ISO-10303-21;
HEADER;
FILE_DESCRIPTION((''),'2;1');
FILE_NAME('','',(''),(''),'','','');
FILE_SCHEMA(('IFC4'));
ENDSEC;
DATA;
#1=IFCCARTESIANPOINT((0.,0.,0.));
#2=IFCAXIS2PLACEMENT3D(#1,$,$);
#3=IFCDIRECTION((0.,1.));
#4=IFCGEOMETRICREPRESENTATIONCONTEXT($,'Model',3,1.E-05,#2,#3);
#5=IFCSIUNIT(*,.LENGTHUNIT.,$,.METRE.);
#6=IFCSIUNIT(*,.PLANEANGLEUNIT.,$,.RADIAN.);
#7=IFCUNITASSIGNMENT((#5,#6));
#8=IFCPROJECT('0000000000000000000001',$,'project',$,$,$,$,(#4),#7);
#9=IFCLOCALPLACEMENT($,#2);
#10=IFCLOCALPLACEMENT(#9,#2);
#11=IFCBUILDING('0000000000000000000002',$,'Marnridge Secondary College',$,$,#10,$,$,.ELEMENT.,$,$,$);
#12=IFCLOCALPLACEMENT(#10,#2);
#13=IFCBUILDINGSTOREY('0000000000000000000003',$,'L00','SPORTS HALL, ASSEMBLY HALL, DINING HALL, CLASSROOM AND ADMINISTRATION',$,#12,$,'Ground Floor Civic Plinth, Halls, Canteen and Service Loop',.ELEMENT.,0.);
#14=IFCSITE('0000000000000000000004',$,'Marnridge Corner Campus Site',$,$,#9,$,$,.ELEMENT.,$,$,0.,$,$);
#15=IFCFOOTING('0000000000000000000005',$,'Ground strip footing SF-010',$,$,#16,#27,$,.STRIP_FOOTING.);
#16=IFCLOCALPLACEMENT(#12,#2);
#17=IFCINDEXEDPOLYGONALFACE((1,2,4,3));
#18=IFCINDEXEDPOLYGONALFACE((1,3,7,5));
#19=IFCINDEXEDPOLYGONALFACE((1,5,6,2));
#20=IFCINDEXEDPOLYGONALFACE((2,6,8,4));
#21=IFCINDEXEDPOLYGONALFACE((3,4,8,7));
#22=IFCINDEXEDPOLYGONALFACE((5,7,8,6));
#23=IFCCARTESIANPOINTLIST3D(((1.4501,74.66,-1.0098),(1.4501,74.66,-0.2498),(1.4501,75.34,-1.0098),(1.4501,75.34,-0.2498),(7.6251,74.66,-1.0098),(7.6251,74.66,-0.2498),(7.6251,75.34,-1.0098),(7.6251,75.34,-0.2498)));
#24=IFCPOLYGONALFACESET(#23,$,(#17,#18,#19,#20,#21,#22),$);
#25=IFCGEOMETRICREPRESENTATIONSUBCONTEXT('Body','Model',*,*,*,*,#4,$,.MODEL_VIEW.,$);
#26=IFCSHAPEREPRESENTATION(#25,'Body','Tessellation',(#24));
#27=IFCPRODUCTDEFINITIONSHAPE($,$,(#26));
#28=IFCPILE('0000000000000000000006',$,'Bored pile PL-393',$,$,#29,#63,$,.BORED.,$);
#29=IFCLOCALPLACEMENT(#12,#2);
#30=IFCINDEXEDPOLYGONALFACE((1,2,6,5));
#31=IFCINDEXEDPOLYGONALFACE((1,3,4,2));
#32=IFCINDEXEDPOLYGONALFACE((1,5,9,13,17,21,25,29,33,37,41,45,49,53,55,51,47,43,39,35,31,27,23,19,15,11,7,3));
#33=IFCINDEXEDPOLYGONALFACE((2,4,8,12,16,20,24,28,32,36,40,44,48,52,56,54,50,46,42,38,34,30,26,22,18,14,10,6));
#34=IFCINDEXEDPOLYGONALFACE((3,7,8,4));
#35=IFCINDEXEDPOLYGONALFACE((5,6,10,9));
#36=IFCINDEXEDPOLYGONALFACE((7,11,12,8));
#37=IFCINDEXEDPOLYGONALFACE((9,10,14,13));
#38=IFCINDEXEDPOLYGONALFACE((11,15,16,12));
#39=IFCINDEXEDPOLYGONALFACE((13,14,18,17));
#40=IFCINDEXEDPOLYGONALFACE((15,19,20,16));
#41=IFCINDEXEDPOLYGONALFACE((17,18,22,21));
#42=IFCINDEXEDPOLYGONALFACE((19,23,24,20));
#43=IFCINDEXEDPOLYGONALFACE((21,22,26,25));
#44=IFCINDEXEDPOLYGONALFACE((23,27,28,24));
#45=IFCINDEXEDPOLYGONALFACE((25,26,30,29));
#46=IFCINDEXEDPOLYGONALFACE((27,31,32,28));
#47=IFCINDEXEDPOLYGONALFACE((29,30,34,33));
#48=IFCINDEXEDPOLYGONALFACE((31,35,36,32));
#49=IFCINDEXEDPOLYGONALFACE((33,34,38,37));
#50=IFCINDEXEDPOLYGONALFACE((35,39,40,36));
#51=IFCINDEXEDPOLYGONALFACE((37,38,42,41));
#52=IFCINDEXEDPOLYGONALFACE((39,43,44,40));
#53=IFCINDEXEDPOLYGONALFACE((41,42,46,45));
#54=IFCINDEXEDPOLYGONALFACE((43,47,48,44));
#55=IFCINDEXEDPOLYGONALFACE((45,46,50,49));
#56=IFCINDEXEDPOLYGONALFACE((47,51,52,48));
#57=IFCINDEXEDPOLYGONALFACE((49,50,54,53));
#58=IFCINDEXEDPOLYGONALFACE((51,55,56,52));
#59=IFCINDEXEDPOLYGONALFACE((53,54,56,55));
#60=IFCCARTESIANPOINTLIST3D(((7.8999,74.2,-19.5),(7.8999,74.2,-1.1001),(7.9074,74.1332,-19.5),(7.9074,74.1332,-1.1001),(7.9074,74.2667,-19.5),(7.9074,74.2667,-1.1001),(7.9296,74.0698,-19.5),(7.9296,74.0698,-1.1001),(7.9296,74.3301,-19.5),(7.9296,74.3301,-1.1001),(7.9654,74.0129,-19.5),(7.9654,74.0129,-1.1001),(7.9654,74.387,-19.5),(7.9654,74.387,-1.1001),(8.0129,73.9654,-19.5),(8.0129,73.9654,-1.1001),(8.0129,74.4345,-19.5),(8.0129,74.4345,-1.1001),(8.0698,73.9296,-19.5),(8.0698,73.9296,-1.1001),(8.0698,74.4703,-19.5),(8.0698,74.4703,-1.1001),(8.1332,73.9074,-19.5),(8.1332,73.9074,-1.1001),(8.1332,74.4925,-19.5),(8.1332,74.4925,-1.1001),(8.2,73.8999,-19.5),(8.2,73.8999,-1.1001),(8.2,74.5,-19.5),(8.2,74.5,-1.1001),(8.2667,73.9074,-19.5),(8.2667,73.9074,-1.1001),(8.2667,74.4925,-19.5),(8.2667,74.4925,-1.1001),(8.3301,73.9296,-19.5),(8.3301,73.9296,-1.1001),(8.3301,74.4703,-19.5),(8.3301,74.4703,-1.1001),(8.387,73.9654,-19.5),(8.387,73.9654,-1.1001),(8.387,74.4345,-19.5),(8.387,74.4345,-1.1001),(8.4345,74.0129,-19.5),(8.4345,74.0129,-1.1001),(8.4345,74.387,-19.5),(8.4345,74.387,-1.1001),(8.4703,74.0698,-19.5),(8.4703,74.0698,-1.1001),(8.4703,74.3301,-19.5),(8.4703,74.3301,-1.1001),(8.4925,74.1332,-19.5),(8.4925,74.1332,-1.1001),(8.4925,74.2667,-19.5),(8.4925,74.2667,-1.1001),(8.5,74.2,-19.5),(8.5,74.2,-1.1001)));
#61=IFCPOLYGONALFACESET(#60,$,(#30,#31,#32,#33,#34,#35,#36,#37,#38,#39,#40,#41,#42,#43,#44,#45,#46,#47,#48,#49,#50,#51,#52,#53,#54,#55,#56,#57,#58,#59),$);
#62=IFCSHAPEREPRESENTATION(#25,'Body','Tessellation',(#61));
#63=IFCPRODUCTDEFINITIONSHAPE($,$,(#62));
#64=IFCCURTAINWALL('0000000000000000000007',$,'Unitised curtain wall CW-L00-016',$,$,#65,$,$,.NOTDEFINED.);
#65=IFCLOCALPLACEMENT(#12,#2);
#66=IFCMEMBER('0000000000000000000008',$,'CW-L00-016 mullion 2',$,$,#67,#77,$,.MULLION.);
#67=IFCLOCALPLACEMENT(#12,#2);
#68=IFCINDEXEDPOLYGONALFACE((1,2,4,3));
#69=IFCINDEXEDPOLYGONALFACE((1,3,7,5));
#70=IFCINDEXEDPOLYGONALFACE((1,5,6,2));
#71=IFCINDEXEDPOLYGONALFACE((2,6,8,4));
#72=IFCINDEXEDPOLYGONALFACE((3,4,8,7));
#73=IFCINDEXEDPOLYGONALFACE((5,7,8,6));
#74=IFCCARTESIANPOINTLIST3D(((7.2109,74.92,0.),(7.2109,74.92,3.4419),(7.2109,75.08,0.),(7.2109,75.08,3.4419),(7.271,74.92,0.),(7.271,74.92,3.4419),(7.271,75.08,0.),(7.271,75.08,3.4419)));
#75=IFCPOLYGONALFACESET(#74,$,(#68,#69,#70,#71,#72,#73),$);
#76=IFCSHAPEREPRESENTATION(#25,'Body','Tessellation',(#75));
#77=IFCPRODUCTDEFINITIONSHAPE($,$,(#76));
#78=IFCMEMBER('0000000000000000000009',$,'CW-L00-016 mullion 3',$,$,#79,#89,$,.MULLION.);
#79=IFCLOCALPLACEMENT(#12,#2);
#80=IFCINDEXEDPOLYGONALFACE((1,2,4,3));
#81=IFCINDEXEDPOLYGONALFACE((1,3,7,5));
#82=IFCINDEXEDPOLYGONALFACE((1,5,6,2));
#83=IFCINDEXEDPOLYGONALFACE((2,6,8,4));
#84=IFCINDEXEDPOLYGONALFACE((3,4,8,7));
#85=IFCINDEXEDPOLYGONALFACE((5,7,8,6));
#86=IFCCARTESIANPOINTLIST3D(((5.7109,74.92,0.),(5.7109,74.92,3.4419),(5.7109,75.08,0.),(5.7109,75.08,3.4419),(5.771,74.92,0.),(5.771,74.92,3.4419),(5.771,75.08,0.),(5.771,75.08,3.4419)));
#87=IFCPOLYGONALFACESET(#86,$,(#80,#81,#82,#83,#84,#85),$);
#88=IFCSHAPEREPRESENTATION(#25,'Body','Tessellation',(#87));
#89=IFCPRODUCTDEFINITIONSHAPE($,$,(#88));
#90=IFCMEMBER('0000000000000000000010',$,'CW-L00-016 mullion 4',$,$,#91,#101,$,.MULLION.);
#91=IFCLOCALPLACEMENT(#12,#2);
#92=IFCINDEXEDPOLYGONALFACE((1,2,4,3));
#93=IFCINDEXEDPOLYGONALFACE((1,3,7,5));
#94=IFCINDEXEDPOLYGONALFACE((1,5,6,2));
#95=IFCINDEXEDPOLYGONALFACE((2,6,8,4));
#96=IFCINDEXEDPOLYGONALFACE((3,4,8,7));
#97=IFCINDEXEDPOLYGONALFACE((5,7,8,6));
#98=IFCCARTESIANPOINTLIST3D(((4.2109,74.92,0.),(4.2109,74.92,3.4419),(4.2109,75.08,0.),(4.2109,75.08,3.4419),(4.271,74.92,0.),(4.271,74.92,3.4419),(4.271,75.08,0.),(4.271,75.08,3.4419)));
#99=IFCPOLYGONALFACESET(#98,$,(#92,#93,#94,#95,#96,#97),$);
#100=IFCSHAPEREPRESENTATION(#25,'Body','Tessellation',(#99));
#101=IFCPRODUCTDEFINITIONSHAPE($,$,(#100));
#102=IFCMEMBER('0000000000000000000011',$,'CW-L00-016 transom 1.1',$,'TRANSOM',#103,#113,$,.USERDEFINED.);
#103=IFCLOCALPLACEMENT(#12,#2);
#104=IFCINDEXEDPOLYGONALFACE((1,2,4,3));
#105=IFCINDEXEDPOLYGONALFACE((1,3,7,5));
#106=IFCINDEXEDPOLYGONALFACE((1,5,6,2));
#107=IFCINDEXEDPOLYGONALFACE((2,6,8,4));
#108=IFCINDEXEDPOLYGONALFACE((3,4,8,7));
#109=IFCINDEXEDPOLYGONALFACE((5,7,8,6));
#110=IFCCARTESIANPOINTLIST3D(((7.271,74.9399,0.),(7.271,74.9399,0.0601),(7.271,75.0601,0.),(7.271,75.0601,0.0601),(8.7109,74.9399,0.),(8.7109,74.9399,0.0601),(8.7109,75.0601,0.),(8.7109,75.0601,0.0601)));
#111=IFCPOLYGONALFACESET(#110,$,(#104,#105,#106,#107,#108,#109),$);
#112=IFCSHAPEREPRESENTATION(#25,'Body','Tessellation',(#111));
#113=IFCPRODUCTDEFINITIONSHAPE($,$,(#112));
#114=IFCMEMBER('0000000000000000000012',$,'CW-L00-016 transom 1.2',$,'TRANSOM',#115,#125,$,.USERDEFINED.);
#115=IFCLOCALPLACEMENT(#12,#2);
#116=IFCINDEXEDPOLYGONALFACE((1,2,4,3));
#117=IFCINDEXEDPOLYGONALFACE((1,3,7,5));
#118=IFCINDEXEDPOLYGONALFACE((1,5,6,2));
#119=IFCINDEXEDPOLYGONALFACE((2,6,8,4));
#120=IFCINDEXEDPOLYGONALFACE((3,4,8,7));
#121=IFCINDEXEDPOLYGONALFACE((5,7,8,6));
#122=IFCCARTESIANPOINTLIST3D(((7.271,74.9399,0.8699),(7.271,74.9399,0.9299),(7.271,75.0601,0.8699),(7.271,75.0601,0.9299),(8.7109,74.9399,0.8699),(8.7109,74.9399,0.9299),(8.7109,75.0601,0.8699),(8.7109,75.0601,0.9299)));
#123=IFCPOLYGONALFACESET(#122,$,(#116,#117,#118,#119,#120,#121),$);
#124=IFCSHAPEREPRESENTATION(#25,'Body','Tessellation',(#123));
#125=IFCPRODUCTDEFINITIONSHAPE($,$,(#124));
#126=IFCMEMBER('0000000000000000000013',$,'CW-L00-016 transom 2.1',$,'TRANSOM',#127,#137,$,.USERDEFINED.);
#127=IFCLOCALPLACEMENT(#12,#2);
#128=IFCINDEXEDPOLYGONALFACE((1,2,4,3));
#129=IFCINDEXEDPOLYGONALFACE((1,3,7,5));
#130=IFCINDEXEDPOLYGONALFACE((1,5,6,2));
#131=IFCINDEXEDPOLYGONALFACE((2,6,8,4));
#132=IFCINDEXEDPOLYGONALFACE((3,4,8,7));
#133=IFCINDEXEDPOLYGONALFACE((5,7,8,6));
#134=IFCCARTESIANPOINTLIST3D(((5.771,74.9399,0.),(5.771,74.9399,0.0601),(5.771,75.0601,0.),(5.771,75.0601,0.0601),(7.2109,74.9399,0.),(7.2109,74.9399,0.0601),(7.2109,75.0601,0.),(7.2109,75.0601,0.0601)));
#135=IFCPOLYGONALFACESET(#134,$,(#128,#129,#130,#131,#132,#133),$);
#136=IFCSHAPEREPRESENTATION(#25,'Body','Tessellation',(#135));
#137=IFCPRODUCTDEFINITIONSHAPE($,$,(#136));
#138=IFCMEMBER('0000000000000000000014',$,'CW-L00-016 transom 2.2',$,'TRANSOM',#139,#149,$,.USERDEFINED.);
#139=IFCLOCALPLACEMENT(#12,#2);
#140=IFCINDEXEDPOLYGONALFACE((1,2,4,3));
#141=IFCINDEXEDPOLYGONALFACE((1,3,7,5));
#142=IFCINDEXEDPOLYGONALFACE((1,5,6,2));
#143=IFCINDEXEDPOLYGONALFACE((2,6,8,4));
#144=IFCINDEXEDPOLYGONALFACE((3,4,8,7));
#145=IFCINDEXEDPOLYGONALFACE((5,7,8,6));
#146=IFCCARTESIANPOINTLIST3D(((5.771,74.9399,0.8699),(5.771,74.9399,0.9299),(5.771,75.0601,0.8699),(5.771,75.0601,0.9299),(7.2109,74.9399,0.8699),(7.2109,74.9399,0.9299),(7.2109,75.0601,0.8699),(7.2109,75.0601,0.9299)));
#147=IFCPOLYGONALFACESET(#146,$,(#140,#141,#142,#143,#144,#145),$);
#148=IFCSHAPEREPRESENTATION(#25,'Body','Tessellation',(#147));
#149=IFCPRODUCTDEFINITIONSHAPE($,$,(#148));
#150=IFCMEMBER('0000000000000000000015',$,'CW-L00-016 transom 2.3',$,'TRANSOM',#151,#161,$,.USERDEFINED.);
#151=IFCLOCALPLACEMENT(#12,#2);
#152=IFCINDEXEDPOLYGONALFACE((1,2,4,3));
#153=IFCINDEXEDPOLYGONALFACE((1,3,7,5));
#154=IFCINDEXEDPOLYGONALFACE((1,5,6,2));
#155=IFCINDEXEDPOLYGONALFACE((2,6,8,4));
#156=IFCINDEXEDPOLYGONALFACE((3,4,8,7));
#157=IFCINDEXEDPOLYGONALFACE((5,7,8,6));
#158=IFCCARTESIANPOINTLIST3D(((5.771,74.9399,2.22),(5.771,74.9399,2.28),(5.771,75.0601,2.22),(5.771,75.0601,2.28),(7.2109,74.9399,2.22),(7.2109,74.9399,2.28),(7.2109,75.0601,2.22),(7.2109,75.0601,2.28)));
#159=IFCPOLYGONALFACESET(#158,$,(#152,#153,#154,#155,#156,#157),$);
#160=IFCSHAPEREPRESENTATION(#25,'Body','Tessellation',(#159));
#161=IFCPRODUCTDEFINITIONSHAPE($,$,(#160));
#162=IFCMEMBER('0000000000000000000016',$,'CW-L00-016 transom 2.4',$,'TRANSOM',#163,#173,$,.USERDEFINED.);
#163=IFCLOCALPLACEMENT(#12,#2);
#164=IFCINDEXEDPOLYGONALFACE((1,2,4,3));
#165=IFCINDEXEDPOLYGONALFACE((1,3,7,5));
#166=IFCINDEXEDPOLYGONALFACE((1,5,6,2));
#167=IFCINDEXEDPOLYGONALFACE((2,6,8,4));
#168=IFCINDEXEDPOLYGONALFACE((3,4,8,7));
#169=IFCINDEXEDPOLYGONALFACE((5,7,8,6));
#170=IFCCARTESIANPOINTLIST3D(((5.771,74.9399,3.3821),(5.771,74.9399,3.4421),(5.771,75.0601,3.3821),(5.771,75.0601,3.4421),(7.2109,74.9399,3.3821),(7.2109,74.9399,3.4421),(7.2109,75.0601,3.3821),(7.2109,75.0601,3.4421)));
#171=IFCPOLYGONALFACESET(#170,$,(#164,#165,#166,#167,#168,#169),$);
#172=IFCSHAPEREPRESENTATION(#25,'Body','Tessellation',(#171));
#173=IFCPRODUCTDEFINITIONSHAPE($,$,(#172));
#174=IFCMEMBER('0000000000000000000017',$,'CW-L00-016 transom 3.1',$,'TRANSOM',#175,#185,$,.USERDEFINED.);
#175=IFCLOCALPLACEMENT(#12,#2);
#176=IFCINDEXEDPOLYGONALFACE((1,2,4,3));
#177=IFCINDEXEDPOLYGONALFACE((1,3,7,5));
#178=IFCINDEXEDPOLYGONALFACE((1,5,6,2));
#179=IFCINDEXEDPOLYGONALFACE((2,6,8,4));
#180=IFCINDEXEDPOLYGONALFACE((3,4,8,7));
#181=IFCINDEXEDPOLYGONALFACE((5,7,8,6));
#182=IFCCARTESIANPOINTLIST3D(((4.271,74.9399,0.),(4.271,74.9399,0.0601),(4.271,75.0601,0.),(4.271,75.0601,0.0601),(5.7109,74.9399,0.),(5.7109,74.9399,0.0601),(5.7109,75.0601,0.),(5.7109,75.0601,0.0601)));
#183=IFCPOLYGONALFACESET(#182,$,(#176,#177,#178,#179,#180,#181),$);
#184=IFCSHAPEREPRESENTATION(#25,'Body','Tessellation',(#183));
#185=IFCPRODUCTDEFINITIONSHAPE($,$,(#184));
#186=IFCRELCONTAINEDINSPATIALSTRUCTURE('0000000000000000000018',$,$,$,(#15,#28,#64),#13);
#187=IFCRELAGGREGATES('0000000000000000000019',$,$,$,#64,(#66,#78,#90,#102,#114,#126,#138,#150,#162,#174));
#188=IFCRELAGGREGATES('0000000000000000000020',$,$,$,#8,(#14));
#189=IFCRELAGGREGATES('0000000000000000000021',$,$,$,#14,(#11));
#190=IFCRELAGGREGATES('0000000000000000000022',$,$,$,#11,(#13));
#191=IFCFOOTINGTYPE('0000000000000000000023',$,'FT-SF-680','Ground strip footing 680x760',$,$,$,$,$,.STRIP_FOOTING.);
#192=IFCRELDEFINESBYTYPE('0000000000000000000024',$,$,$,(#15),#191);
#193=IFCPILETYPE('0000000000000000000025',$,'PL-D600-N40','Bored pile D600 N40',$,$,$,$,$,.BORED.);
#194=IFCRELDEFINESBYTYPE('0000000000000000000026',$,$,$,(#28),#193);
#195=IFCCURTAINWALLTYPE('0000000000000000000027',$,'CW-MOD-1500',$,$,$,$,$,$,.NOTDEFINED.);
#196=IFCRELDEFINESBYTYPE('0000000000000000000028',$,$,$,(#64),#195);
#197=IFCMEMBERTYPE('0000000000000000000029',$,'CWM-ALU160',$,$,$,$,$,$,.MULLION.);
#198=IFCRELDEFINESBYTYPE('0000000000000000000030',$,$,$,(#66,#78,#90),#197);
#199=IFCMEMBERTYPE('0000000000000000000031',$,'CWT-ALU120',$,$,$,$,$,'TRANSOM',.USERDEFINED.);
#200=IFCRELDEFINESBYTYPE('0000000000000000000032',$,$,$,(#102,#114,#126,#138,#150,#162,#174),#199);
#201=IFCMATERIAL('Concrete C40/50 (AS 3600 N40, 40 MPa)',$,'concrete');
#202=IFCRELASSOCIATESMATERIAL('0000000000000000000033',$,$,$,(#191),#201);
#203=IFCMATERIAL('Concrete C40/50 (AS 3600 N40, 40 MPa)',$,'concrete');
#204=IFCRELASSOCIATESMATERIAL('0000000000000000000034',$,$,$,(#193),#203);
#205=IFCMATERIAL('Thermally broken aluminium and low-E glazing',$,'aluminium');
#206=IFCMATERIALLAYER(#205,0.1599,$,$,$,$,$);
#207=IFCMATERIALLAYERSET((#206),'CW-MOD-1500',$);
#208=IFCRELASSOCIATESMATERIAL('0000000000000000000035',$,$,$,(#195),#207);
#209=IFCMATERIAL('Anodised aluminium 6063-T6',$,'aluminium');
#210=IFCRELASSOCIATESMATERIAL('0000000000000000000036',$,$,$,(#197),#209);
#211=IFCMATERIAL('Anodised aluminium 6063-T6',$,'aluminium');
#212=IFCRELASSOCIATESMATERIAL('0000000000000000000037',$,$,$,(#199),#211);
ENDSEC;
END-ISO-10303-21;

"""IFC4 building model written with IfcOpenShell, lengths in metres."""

from ifc_helpers import new_model, si_unit, direction, frame, origin, origin_2d, place, context, subcontext, project, spatial, rectangle, circle, extrude, material, layer, layer_set, material_profile, profile_set, type_object, element, aggregate, save


model = new_model("IFC4")

# Units and contexts
model_context = context("Model", 3, precision=1e-05, world=origin(), true_north=direction((0.0, 1.0)))
body_context = subcontext(model_context, "Body", "Model", "MODEL_VIEW")
ifc_project = project(units=[si_unit("LENGTHUNIT", "METRE"), si_unit("PLANEANGLEUNIT", "RADIAN")], contexts=[model_context])

# Site, building, storey
site_placement = place(None, origin())
site = spatial("IfcSite", under=ifc_project, at=site_placement, Name="Marnridge Corner Campus Site", CompositionType="ELEMENT", RefElevation=0.0)
building_placement = place(site_placement, origin())
building = spatial("IfcBuilding", under=site, at=building_placement, Name="Marnridge Secondary College", CompositionType="ELEMENT")
storey_placement = place(building_placement, origin())
storey = spatial("IfcBuildingStorey", under=building, at=storey_placement, Name="L00", Description="SPORTS HALL, ASSEMBLY HALL, DINING HALL, CLASSROOM AND ADMINISTRATION", LongName="Ground Floor Civic Plinth, Halls, Canteen and Service Loop", CompositionType="ELEMENT", Elevation=0.0)

# Footing
ifc_material_1 = material(Name="Concrete C40/50 (AS 3600 N40, 40 MPa)", Category="concrete")
footing_type = type_object("IfcFootingType", Name="FT-SF-680", Description="Ground strip footing 680x760", PredefinedType="STRIP_FOOTING", material=ifc_material_1)
footing_placement = place(storey_placement, frame((4.5376, 75.0, -1.0098), z_axis=(0.0, 0.0, 1.0), x_axis=(1.0, 0.0, 0.0)))
element("IfcFooting", 1, at=footing_placement, inside=storey, type_object=footing_type, Name="Ground strip footing SF-010", PredefinedType="STRIP_FOOTING", context=body_context, shape_type="SweptSolid", body=[
    extrude(rectangle(XDim=6.175, YDim=0.6799, at=origin_2d()), origin(), (0.0, 0.0, 1.0), 0.76),
])

# Pile
ifc_material_2 = material(Name="Concrete C40/50 (AS 3600 N40, 40 MPa)", Category="concrete")
ifc_material_profile_1 = material_profile(ifc_material_2, circle(Radius=0.3, at=origin_2d()), Name="PILE D600")
ifc_profile_set_1 = profile_set([ifc_material_profile_1], Name="Concrete C40/50 (AS 3600 N40, 40 MPa)")
pile_type = type_object("IfcPileType", Name="PL-D600-N40", Description="Bored pile D600 N40", PredefinedType="BORED", material=ifc_profile_set_1)
pile_placement = place(storey_placement, frame((8.2, 74.2, -1.1001), z_axis=(0.0, 0.0, -1.0), x_axis=(1.0, 0.0, 0.0)))
element("IfcPile", 2, at=pile_placement, inside=storey, type_object=pile_type, Name="Bored pile PL-393", PredefinedType="BORED", context=body_context, shape_type="SweptSolid", body=[
    extrude(circle(Radius=0.3, at=origin_2d()), origin(), (0.0, 0.0, 1.0), 18.3999),
])

# Curtain wall, members
ifc_material_3 = material(Name="Thermally broken aluminium and low-E glazing", Category="aluminium")
ifc_layer_1 = layer(ifc_material_3, 0.1599)
ifc_layer_set_1 = layer_set([ifc_layer_1], Name="CW-MOD-1500")
curtain_wall_type = type_object("IfcCurtainWallType", Name="CW-MOD-1500", PredefinedType="NOTDEFINED", material=ifc_layer_set_1)
curtain_wall_placement = place(storey_placement, origin())
curtain_wall = element("IfcCurtainWall", 3, at=curtain_wall_placement, inside=storey, type_object=curtain_wall_type, Name="Unitised curtain wall CW-L00-016", PredefinedType="NOTDEFINED")
ifc_material_4 = material(Name="Anodised aluminium 6063-T6", Category="aluminium")
ifc_material_profile_2 = material_profile(ifc_material_4, rectangle(XDim=0.0601, YDim=0.1599, at=origin_2d()), Name="ALU 60x160")
ifc_profile_set_2 = profile_set([ifc_material_profile_2], Name="Anodised aluminium 6063-T6")
member_type_1 = type_object("IfcMemberType", Name="CWM-ALU160", PredefinedType="MULLION", material=ifc_profile_set_2)
member_1_placement = place(storey_placement, frame((7.241, 75.0, 0.0), z_axis=(0.0, 0.0, 1.0), x_axis=(-1.0, 0.0, 0.0)))
member_1 = element("IfcMember", 4, at=member_1_placement, type_object=member_type_1, Name="CW-L00-016 mullion 2", PredefinedType="MULLION", context=body_context, shape_type="SweptSolid", body=[
    extrude(rectangle(XDim=0.0601, YDim=0.1599, at=origin_2d()), origin(), (0.0, 0.0, 1.0), 3.4419),
])
member_2_placement = place(storey_placement, frame((5.741, 75.0, 0.0), z_axis=(0.0, 0.0, 1.0), x_axis=(-1.0, 0.0, 0.0)))
member_2 = element("IfcMember", 5, at=member_2_placement, type_object=member_type_1, Name="CW-L00-016 mullion 3", PredefinedType="MULLION", context=body_context, shape_type="SweptSolid", body=[
    extrude(rectangle(XDim=0.0601, YDim=0.1599, at=origin_2d()), origin(), (0.0, 0.0, 1.0), 3.4419),
])
member_3_placement = place(storey_placement, frame((4.241, 75.0, 0.0), z_axis=(0.0, 0.0, 1.0), x_axis=(-1.0, 0.0, 0.0)))
member_3 = element("IfcMember", 6, at=member_3_placement, type_object=member_type_1, Name="CW-L00-016 mullion 4", PredefinedType="MULLION", context=body_context, shape_type="SweptSolid", body=[
    extrude(rectangle(XDim=0.0601, YDim=0.1599, at=origin_2d()), origin(), (0.0, 0.0, 1.0), 3.4419),
])
ifc_material_5 = material(Name="Anodised aluminium 6063-T6", Category="aluminium")
ifc_material_profile_3 = material_profile(ifc_material_5, rectangle(XDim=0.0601, YDim=0.1201, at=origin_2d()), Name="ALU 60x120")
ifc_profile_set_3 = profile_set([ifc_material_profile_3], Name="Anodised aluminium 6063-T6")
member_type_2 = type_object("IfcMemberType", Name="CWT-ALU120", ElementType="TRANSOM", PredefinedType="USERDEFINED", material=ifc_profile_set_3)
member_4_placement = place(storey_placement, frame((8.7109, 75.0, 0.03), z_axis=(-1.0, 0.0, 0.0), x_axis=(0.0, 0.0, 1.0)))
member_4 = element("IfcMember", 7, at=member_4_placement, type_object=member_type_2, Name="CW-L00-016 transom 1.1", ObjectType="TRANSOM", PredefinedType="USERDEFINED", context=body_context, shape_type="SweptSolid", body=[
    extrude(rectangle(XDim=0.0601, YDim=0.1201, at=origin_2d()), origin(), (0.0, 0.0, 1.0), 1.4399),
])
member_5_placement = place(storey_placement, frame((8.7109, 75.0, 0.8999), z_axis=(-1.0, 0.0, 0.0), x_axis=(0.0, 0.0, 1.0)))
member_5 = element("IfcMember", 8, at=member_5_placement, type_object=member_type_2, Name="CW-L00-016 transom 1.2", ObjectType="TRANSOM", PredefinedType="USERDEFINED", context=body_context, shape_type="SweptSolid", body=[
    extrude(rectangle(XDim=0.0601, YDim=0.1201, at=origin_2d()), origin(), (0.0, 0.0, 1.0), 1.4399),
])
member_6_placement = place(storey_placement, frame((7.2109, 75.0, 0.03), z_axis=(-1.0, 0.0, 0.0), x_axis=(0.0, 0.0, 1.0)))
member_6 = element("IfcMember", 9, at=member_6_placement, type_object=member_type_2, Name="CW-L00-016 transom 2.1", ObjectType="TRANSOM", PredefinedType="USERDEFINED", context=body_context, shape_type="SweptSolid", body=[
    extrude(rectangle(XDim=0.0601, YDim=0.1201, at=origin_2d()), origin(), (0.0, 0.0, 1.0), 1.4399),
])
member_7_placement = place(storey_placement, frame((7.2109, 75.0, 0.8999), z_axis=(-1.0, 0.0, 0.0), x_axis=(0.0, 0.0, 1.0)))
member_7 = element("IfcMember", 10, at=member_7_placement, type_object=member_type_2, Name="CW-L00-016 transom 2.2", ObjectType="TRANSOM", PredefinedType="USERDEFINED", context=body_context, shape_type="SweptSolid", body=[
    extrude(rectangle(XDim=0.0601, YDim=0.1201, at=origin_2d()), origin(), (0.0, 0.0, 1.0), 1.4399),
])
member_8_placement = place(storey_placement, frame((7.2109, 75.0, 2.25), z_axis=(-1.0, 0.0, 0.0), x_axis=(0.0, 0.0, 1.0)))
member_8 = element("IfcMember", 11, at=member_8_placement, type_object=member_type_2, Name="CW-L00-016 transom 2.3", ObjectType="TRANSOM", PredefinedType="USERDEFINED", context=body_context, shape_type="SweptSolid", body=[
    extrude(rectangle(XDim=0.0601, YDim=0.1201, at=origin_2d()), origin(), (0.0, 0.0, 1.0), 1.4399),
])
member_9_placement = place(storey_placement, frame((7.2109, 75.0, 3.4121), z_axis=(-1.0, 0.0, 0.0), x_axis=(0.0, 0.0, 1.0)))
member_9 = element("IfcMember", 12, at=member_9_placement, type_object=member_type_2, Name="CW-L00-016 transom 2.4", ObjectType="TRANSOM", PredefinedType="USERDEFINED", context=body_context, shape_type="SweptSolid", body=[
    extrude(rectangle(XDim=0.0601, YDim=0.1201, at=origin_2d()), origin(), (0.0, 0.0, 1.0), 1.4399),
])
member_10_placement = place(storey_placement, frame((5.7109, 75.0, 0.03), z_axis=(-1.0, 0.0, 0.0), x_axis=(0.0, 0.0, 1.0)))
member_10 = element("IfcMember", 13, at=member_10_placement, type_object=member_type_2, Name="CW-L00-016 transom 3.1", ObjectType="TRANSOM", PredefinedType="USERDEFINED", context=body_context, shape_type="SweptSolid", body=[
    extrude(rectangle(XDim=0.0601, YDim=0.1201, at=origin_2d()), origin(), (0.0, 0.0, 1.0), 1.4399),
])
aggregate(curtain_wall, [member_1, member_2, member_3, member_4, member_5, member_6, member_7, member_8, member_9, member_10])

save(model, "model.ifc")
